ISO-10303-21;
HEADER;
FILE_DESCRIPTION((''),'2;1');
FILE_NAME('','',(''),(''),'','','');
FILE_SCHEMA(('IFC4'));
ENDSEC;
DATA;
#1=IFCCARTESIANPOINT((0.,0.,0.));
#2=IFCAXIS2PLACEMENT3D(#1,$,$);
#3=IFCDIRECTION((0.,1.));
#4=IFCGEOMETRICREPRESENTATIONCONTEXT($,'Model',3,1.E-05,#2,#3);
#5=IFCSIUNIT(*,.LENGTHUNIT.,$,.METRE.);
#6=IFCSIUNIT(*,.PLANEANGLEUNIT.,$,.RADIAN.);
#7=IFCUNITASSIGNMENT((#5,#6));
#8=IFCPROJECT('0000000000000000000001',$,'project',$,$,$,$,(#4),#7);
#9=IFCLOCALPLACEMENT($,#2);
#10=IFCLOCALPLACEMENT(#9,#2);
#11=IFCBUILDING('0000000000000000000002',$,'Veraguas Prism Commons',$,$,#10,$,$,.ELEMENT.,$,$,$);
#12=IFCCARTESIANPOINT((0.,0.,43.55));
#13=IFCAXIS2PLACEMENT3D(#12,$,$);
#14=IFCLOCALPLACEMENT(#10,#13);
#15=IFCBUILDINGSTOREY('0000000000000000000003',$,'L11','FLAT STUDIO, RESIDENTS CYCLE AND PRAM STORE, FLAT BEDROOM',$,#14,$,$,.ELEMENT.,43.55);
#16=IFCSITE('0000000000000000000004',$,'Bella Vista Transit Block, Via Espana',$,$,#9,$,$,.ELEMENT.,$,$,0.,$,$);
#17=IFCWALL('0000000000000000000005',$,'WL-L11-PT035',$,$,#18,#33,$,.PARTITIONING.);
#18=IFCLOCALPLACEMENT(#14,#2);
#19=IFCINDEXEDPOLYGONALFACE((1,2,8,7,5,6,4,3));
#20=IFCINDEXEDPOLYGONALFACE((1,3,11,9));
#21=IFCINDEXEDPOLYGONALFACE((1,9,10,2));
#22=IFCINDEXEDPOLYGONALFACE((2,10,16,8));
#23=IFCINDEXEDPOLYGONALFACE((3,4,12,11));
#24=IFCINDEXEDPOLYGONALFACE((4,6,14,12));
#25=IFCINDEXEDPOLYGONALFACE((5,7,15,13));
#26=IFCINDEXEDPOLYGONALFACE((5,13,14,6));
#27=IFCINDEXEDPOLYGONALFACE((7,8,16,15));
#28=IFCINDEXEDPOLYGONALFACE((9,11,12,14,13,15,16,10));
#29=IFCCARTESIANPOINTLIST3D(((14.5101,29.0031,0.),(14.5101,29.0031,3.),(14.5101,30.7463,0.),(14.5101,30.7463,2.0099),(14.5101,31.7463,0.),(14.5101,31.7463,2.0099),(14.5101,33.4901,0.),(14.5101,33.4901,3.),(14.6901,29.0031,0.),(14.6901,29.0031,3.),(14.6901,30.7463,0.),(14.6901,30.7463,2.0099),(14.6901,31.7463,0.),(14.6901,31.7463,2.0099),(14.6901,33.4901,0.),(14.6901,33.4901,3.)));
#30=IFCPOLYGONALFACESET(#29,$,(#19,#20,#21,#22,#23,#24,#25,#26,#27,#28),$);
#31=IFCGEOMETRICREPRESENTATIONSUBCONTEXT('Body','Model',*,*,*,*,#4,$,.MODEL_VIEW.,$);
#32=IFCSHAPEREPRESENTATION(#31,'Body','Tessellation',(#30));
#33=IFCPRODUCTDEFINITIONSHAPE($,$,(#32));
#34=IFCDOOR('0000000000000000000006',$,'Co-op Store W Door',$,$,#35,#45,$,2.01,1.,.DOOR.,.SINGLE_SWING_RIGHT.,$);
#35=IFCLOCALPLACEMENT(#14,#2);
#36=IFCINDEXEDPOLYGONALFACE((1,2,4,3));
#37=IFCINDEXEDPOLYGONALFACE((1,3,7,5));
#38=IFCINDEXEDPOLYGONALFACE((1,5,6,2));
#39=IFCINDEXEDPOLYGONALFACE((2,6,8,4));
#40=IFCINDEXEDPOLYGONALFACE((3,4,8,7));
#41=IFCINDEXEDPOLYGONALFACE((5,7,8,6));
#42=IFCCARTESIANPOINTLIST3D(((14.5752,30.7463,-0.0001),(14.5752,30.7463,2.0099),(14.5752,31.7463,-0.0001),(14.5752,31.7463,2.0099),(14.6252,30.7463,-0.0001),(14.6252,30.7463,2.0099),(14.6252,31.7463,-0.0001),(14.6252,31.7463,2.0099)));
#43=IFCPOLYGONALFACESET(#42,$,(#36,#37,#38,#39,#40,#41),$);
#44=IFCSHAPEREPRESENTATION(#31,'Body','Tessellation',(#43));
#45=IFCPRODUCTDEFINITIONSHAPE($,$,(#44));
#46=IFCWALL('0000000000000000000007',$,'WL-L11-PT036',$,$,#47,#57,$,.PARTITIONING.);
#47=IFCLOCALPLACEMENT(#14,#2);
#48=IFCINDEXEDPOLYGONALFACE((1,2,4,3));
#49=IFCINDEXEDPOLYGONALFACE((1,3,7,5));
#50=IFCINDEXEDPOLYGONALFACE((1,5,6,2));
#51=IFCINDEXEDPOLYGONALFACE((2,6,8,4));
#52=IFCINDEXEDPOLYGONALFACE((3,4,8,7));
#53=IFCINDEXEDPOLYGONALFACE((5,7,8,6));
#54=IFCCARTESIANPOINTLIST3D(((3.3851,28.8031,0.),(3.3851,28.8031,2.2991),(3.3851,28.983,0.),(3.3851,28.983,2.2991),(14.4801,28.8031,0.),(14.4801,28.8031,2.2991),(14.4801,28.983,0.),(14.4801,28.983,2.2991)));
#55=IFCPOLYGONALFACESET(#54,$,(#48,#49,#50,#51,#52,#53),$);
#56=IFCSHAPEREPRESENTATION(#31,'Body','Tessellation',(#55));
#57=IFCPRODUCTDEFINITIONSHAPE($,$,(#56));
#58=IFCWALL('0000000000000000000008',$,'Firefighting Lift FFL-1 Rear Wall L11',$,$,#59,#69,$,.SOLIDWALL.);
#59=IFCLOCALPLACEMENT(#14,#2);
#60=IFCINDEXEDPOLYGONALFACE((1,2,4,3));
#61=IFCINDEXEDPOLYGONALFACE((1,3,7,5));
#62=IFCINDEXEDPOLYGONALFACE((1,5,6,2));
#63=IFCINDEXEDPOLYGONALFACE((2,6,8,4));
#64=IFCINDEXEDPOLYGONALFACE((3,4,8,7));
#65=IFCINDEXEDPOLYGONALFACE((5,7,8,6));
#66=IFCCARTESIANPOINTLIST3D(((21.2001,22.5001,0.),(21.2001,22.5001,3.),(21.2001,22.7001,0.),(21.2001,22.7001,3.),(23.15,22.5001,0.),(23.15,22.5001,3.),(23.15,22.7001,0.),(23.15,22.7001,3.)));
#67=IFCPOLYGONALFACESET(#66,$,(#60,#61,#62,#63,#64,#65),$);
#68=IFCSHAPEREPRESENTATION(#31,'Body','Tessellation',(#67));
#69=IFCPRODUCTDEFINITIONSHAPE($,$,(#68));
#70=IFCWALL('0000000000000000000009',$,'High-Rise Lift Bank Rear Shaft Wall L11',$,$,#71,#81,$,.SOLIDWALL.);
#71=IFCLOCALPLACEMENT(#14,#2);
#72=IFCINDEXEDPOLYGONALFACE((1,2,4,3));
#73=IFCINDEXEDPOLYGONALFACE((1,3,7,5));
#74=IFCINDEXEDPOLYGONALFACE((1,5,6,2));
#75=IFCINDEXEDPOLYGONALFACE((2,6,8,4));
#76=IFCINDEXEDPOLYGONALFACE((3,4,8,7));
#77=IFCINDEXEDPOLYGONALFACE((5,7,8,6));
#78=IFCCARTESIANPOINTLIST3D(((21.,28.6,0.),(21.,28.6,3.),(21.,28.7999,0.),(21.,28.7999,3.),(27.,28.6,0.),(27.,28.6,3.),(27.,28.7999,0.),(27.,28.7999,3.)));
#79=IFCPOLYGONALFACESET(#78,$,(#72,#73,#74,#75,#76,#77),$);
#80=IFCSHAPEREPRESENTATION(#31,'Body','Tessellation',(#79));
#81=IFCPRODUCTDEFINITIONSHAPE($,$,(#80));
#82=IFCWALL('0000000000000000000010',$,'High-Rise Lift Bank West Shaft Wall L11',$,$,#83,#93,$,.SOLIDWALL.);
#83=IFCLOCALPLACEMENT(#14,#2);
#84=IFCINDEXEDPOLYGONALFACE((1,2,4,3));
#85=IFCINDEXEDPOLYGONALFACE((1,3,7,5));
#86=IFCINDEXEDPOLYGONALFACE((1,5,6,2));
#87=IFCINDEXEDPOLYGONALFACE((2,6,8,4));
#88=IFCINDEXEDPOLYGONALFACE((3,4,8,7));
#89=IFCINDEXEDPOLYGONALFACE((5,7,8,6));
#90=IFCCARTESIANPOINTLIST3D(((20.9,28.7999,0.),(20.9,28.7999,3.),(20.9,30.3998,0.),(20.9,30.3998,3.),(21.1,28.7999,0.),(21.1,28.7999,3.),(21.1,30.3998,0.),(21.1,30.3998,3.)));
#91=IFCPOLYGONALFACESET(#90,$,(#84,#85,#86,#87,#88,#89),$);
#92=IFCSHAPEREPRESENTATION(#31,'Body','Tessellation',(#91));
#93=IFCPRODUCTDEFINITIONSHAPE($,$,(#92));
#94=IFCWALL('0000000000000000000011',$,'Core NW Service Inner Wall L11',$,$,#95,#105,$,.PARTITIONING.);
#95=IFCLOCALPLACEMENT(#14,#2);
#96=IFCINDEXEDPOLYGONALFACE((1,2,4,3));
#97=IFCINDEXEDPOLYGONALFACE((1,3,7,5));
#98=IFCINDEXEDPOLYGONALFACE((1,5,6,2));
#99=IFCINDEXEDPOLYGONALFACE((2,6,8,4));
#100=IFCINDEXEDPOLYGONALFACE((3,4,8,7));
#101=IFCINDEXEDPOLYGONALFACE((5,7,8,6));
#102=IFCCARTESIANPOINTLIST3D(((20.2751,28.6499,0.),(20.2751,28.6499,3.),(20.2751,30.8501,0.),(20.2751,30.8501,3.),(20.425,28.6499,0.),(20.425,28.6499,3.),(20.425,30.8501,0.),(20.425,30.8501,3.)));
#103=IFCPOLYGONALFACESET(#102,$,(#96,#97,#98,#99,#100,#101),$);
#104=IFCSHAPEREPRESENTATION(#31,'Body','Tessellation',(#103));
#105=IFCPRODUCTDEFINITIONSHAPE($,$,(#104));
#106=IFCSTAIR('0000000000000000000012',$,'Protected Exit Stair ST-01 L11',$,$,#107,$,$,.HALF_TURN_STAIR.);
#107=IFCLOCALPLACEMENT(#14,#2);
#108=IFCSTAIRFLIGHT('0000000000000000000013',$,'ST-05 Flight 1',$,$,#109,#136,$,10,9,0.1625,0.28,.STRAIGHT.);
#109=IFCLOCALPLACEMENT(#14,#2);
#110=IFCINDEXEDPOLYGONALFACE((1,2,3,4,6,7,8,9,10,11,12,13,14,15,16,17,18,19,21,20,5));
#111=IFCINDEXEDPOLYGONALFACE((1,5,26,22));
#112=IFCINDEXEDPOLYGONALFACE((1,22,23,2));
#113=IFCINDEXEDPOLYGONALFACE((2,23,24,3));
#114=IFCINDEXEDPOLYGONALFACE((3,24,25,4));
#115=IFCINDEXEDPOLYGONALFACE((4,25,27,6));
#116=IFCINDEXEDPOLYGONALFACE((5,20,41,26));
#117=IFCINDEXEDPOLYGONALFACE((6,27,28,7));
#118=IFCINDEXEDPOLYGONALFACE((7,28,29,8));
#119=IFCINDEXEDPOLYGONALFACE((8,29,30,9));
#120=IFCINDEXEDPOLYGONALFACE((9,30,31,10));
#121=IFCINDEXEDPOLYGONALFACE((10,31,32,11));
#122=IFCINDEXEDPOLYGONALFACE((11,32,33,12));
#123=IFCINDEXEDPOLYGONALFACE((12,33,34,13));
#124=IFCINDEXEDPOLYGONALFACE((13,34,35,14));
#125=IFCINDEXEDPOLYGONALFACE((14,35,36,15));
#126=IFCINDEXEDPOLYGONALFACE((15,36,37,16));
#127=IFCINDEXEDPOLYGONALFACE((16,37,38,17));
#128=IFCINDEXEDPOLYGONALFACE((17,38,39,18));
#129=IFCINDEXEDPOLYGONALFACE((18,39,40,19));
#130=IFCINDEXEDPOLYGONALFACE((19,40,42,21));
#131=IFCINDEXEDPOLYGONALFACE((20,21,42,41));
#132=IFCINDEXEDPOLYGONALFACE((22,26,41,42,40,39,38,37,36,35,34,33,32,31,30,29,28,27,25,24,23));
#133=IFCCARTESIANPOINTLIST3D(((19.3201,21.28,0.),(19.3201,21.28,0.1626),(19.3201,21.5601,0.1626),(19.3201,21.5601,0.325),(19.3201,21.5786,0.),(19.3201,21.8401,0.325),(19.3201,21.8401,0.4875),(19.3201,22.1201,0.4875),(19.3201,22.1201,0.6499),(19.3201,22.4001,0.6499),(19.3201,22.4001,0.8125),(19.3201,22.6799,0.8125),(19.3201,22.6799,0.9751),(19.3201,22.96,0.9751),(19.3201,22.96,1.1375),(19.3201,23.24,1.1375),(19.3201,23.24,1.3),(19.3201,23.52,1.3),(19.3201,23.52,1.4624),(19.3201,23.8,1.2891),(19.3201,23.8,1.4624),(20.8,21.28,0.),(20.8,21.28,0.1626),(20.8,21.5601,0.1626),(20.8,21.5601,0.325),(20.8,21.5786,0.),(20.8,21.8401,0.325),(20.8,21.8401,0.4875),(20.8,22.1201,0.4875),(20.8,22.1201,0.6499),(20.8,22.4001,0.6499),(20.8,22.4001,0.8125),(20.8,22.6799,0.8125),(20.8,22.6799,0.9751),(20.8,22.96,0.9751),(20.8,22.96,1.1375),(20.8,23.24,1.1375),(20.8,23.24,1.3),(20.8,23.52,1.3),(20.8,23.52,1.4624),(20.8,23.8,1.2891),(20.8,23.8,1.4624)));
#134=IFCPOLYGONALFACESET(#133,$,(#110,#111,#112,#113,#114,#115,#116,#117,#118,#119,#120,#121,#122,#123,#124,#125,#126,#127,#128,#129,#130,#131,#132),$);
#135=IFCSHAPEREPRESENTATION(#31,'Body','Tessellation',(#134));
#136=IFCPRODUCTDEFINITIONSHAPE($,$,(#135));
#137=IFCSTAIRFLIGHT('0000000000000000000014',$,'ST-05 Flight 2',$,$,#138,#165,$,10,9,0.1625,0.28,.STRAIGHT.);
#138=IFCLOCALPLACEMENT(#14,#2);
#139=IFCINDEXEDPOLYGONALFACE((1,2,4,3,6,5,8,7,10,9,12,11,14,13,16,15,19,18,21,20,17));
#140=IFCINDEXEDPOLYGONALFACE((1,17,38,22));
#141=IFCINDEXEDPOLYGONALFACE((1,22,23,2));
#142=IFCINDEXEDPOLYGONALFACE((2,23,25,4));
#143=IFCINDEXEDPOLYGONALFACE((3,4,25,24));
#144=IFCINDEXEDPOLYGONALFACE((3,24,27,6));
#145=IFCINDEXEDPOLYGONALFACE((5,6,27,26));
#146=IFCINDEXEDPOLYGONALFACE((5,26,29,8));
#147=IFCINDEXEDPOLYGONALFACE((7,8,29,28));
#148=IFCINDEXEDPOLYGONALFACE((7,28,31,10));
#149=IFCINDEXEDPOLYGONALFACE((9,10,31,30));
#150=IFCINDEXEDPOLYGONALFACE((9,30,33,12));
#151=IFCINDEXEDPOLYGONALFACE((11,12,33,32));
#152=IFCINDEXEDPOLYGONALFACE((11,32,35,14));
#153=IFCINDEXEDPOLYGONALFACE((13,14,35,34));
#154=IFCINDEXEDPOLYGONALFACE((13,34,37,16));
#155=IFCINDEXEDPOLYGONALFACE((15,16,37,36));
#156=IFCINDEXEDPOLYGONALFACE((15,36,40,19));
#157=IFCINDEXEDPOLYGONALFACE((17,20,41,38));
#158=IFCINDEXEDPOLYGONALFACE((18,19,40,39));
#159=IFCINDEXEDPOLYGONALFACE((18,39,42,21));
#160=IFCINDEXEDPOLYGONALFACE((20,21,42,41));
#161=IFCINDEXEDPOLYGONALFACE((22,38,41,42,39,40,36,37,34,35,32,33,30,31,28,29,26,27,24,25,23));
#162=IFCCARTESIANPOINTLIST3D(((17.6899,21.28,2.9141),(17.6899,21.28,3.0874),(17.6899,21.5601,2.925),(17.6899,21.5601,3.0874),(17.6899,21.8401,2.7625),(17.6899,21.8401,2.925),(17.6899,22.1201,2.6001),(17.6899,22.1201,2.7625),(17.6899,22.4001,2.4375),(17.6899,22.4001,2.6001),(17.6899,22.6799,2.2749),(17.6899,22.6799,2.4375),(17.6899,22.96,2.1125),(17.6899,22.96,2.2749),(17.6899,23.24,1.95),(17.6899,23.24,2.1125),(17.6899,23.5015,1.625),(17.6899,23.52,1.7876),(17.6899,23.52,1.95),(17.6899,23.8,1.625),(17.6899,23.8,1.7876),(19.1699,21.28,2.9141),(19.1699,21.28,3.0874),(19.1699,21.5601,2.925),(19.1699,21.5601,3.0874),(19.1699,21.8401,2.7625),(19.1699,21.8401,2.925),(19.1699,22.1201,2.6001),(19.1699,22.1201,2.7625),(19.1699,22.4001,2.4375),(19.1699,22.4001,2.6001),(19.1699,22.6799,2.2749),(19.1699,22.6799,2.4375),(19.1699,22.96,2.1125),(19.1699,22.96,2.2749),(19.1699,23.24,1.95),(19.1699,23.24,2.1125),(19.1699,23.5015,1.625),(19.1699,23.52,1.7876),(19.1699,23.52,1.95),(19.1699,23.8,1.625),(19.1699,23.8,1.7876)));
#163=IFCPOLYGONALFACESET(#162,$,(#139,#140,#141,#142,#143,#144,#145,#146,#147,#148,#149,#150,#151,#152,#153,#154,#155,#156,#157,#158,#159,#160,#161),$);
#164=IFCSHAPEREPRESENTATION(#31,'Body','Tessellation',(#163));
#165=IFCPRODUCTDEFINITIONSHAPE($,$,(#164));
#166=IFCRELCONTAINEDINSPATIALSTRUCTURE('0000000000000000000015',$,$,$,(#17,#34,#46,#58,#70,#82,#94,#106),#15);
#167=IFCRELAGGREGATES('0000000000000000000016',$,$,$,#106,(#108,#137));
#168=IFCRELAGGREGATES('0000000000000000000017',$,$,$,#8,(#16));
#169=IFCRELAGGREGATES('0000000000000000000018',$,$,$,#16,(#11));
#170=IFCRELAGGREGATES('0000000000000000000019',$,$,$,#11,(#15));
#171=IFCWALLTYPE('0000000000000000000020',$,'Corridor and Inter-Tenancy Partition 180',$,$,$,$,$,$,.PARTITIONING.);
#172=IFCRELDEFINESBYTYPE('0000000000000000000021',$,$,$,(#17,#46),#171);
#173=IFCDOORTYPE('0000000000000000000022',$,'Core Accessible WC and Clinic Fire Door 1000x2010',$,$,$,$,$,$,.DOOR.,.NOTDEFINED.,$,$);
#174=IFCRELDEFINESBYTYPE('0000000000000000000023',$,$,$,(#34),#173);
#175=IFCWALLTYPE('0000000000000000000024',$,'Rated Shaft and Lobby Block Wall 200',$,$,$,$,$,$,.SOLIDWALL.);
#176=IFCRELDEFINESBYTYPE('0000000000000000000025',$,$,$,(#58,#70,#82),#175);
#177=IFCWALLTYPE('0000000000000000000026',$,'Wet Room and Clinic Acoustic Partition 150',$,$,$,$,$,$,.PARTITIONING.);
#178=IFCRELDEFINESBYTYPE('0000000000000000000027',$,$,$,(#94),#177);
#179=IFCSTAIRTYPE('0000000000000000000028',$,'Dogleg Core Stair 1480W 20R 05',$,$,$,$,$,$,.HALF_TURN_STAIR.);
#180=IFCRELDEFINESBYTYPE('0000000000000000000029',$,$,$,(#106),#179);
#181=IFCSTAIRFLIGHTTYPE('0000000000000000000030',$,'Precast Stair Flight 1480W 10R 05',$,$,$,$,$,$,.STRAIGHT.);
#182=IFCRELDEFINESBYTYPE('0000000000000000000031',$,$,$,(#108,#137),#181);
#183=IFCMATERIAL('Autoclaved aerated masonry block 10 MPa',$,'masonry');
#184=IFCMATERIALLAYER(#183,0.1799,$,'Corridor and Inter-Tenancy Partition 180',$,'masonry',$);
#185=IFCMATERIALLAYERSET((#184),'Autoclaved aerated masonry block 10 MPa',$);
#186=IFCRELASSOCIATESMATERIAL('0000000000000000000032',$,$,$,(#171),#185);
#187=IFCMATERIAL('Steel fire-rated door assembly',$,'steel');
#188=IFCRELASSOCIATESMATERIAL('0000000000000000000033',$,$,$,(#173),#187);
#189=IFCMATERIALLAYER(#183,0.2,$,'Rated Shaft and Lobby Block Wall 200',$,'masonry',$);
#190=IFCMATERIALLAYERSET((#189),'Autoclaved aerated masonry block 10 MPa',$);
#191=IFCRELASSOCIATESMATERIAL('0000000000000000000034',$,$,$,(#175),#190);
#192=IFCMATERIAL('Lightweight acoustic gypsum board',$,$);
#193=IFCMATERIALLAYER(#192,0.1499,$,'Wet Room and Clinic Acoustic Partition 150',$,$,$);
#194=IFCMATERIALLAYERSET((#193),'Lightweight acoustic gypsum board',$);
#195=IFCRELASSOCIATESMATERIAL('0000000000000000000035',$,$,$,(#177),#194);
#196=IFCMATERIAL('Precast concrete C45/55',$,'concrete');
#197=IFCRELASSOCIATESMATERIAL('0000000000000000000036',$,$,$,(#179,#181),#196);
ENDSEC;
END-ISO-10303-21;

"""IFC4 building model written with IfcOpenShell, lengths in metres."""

from ifc_helpers import new_model, si_unit, direction, frame, frame_2d, origin, place, context, subcontext, project, spatial, polyline, rectangle, outline, extrude, source, transform, mapped, material, layer, layer_set, type_object, element, fill, aggregate, save


model = new_model("IFC4")

# Units and contexts
model_context = context("Model", 3, precision=1e-05, world=origin(), true_north=direction((0.0, 1.0)))
body_context = subcontext(model_context, "Body", "Model", "MODEL_VIEW")
ifc_project = project(units=[si_unit("LENGTHUNIT", "METRE"), si_unit("PLANEANGLEUNIT", "RADIAN")], contexts=[model_context])

# Site, building, storey
site_placement = place(None, origin())
site = spatial("IfcSite", under=ifc_project, at=site_placement, Name="Bella Vista Transit Block, Via Espana", CompositionType="ELEMENT", RefElevation=0.0)
building_placement = place(site_placement, origin())
building = spatial("IfcBuilding", under=site, at=building_placement, Name="Veraguas Prism Commons", CompositionType="ELEMENT")
storey_placement = place(building_placement, frame((0.0, 0.0, 43.55)))
storey = spatial("IfcBuildingStorey", under=building, at=storey_placement, Name="L11", Description="FLAT STUDIO, RESIDENTS CYCLE AND PRAM STORE, FLAT BEDROOM", CompositionType="ELEMENT", Elevation=43.55)

# Shared definitions
ifc_material_1 = material(Name="Autoclaved aerated masonry block 10 MPa", Category="masonry")
ifc_layer_1 = layer(ifc_material_1, 0.1799, Name="Corridor and Inter-Tenancy Partition 180", Category="masonry")
ifc_layer_set_1 = layer_set([ifc_layer_1], Name="Autoclaved aerated masonry block 10 MPa")
wall_type_1 = type_object("IfcWallType", Name="Corridor and Inter-Tenancy Partition 180", PredefinedType="PARTITIONING", material=ifc_layer_set_1)

# Wall, opening, door
ifc_material_2 = material(Name="Steel fire-rated door assembly", Category="steel")
door_type = type_object("IfcDoorType", Name="Core Accessible WC and Clinic Fire Door 1000x2010", OperationType="NOTDEFINED", PredefinedType="DOOR", material=ifc_material_2)
shared_shape_1 = source(origin(), body_context, "Body", "SweptSolid", [
    extrude(rectangle(XDim=1.0, YDim=2.01, at=frame_2d((0.5, 1.0049))), frame((0.0, 0.0249, 0.0), z_axis=(0.0, -1.0, 0.0), x_axis=(1.0, 0.0, 0.0)), (0.0, 0.0, 1.0), 0.05),
])
wall_1_placement = place(storey_placement, frame((14.6001, 29.0029, 0.0), z_axis=(0.0, 0.0, 1.0), x_axis=(0.0, 1.0, 0.0)))
wall_1 = element("IfcWall", 1, at=wall_1_placement, inside=storey, type_object=wall_type_1, Name="WL-L11-PT035", PredefinedType="PARTITIONING", context=body_context, shape_type="SweptSolid", body=[
    extrude(rectangle(XDim=4.4871, YDim=0.1799, at=frame_2d((2.2437, 0.0))), origin(), (0.0, 0.0, 1.0), 3.0),
])
opening_1_placement = place(wall_1_placement, frame((1.7434, 0.0, 0.0)))
opening_1 = element("IfcOpeningElement", 2, at=opening_1_placement, cuts=wall_1, PredefinedType="OPENING", context=body_context, shape_type="SweptSolid", body=[
    extrude(rectangle(XDim=1.0, YDim=2.01, at=frame_2d((0.5, 1.0049))), frame((0.0, 0.0999, 0.0), z_axis=(0.0, -1.0, 0.0), x_axis=(1.0, 0.0, 0.0)), (0.0, 0.0, 1.0), 0.2),
])
door_1_placement = place(opening_1_placement, origin())
door_1 = element("IfcDoor", 3, at=door_1_placement, inside=storey, type_object=door_type, Name="Co-op Store W Door", OperationType="SINGLE_SWING_RIGHT", OverallHeight=2.01, OverallWidth=1.0, PredefinedType="DOOR", context=body_context, shape_type="MappedRepresentation", body=[
    mapped(shared_shape_1, transform((0.0, 0.0, 0.0), scale=1.0)),
])
fill(opening_1, door_1)

# Walls
wall_2_placement = place(storey_placement, frame((14.48, 28.8931, 0.0), z_axis=(0.0, 0.0, 1.0), x_axis=(-1.0, 0.0, 0.0)))
element("IfcWall", 4, at=wall_2_placement, inside=storey, type_object=wall_type_1, Name="WL-L11-PT036", PredefinedType="PARTITIONING", context=body_context, shape_type="SweptSolid", body=[
    extrude(rectangle(XDim=11.095, YDim=0.1799, at=frame_2d((5.5474, 0.0))), origin(), (0.0, 0.0, 1.0), 2.2991),
])
ifc_layer_2 = layer(ifc_material_1, 0.2, Name="Rated Shaft and Lobby Block Wall 200", Category="masonry")
ifc_layer_set_2 = layer_set([ifc_layer_2], Name="Autoclaved aerated masonry block 10 MPa")
wall_type_2 = type_object("IfcWallType", Name="Rated Shaft and Lobby Block Wall 200", PredefinedType="SOLIDWALL", material=ifc_layer_set_2)
wall_3_placement = place(storey_placement, frame((21.2, 22.6001, 0.0), z_axis=(0.0, 0.0, 1.0), x_axis=(1.0, 0.0, 0.0)))
element("IfcWall", 5, at=wall_3_placement, inside=storey, type_object=wall_type_2, Name="Firefighting Lift FFL-1 Rear Wall L11", PredefinedType="SOLIDWALL", context=body_context, shape_type="SweptSolid", body=[
    extrude(rectangle(XDim=1.95, YDim=0.2, at=frame_2d((0.9751, 0.0))), origin(), (0.0, 0.0, 1.0), 3.0),
])
wall_4_placement = place(storey_placement, frame((21.0, 28.7, 0.0), z_axis=(0.0, 0.0, 1.0), x_axis=(1.0, 0.0, 0.0)))
element("IfcWall", 6, at=wall_4_placement, inside=storey, type_object=wall_type_2, Name="High-Rise Lift Bank Rear Shaft Wall L11", PredefinedType="SOLIDWALL", context=body_context, shape_type="SweptSolid", body=[
    extrude(rectangle(XDim=6.0, YDim=0.2, at=frame_2d((3.0, 0.0))), origin(), (0.0, 0.0, 1.0), 3.0),
])
wall_5_placement = place(storey_placement, frame((21.0, 28.8, 0.0), z_axis=(0.0, 0.0, 1.0), x_axis=(0.0, 1.0, 0.0)))
element("IfcWall", 7, at=wall_5_placement, inside=storey, type_object=wall_type_2, Name="High-Rise Lift Bank West Shaft Wall L11", PredefinedType="SOLIDWALL", context=body_context, shape_type="SweptSolid", body=[
    extrude(rectangle(XDim=1.5999, YDim=0.2, at=frame_2d((0.7998, 0.0))), origin(), (0.0, 0.0, 1.0), 3.0),
])
ifc_material_3 = material(Name="Lightweight acoustic gypsum board")
ifc_layer_3 = layer(ifc_material_3, 0.1499, Name="Wet Room and Clinic Acoustic Partition 150")
ifc_layer_set_3 = layer_set([ifc_layer_3], Name="Lightweight acoustic gypsum board")
wall_type_3 = type_object("IfcWallType", Name="Wet Room and Clinic Acoustic Partition 150", PredefinedType="PARTITIONING", material=ifc_layer_set_3)
wall_6_placement = place(storey_placement, frame((20.3501, 28.6499, 0.0), z_axis=(0.0, 0.0, 1.0), x_axis=(0.0, 1.0, 0.0)))
element("IfcWall", 8, at=wall_6_placement, inside=storey, type_object=wall_type_3, Name="Core NW Service Inner Wall L11", PredefinedType="PARTITIONING", context=body_context, shape_type="SweptSolid", body=[
    extrude(rectangle(XDim=2.2002, YDim=0.1499, at=frame_2d((1.1001, 0.0))), origin(), (0.0, 0.0, 1.0), 3.0),
])

# Stair, stair flights
ifc_material_4 = material(Name="Precast concrete C45/55", Category="concrete")
stair_type = type_object("IfcStairType", Name="Dogleg Core Stair 1480W 20R 05", PredefinedType="HALF_TURN_STAIR", material=ifc_material_4)
stair_placement = place(storey_placement, origin())
stair = element("IfcStair", 9, at=stair_placement, inside=storey, type_object=stair_type, Name="Protected Exit Stair ST-01 L11", PredefinedType="HALF_TURN_STAIR")
stair_flight_type = type_object("IfcStairFlightType", Name="Precast Stair Flight 1480W 10R 05", PredefinedType="STRAIGHT", material=ifc_material_4)
stair_flight_1_placement = place(storey_placement, frame((20.0601, 21.28, 0.0), z_axis=(0.0, 0.0, 1.0), x_axis=(0.0, 1.0, 0.0)))
stair_flight_1 = element("IfcStairFlight", 10, at=stair_flight_1_placement, type_object=stair_flight_type, Name="ST-05 Flight 1", NumberOfRisers=10, NumberOfTreads=9, PredefinedType="STRAIGHT", RiserHeight=0.1625, TreadLength=0.28, context=body_context, shape_type="SweptSolid", body=[
    extrude(outline(polyline([(0.0, 0.0), (0.0, 0.1626), (0.28, 0.1626), (0.28, 0.325), (0.5601, 0.325), (0.5601, 0.4875), (0.8401, 0.4875), (0.8401, 0.6499), (1.1201, 0.6499), (1.1201, 0.8125), (1.3999, 0.8125), (1.3999, 0.9751), (1.6799, 0.9751), (1.6799, 1.1375), (1.96, 1.1375), (1.96, 1.3), (2.24, 1.3), (2.24, 1.4624), (2.52, 1.4624), (2.52, 1.625), (2.52, 1.2891), (0.2986, 0.0), (0.0, 0.0)])), frame((0.0, 0.74, 0.0), z_axis=(0.0, -1.0, 0.0), x_axis=(1.0, 0.0, 0.0)), (0.0, 0.0, 1.0), 1.48),
])
stair_flight_2_placement = place(storey_placement, frame((18.4299, 23.8, 1.625), z_axis=(0.0, 0.0, 1.0), x_axis=(0.0, -1.0, 0.0)))
stair_flight_2 = element("IfcStairFlight", 11, at=stair_flight_2_placement, type_object=stair_flight_type, Name="ST-05 Flight 2", NumberOfRisers=10, NumberOfTreads=9, PredefinedType="STRAIGHT", RiserHeight=0.1625, TreadLength=0.28, context=body_context, shape_type="SweptSolid", body=[
    extrude(outline(polyline([(0.0, 0.0), (0.0, 0.1626), (0.28, 0.1626), (0.28, 0.325), (0.5601, 0.325), (0.5601, 0.4875), (0.8401, 0.4875), (0.8401, 0.6499), (1.1201, 0.6499), (1.1201, 0.8125), (1.3999, 0.8125), (1.3999, 0.9751), (1.6799, 0.9751), (1.6799, 1.1375), (1.96, 1.1375), (1.96, 1.3), (2.24, 1.3), (2.24, 1.4624), (2.52, 1.4624), (2.52, 1.625), (2.52, 1.2891), (0.2986, 0.0), (0.0, 0.0)])), frame((0.0, 0.74, 0.0), z_axis=(0.0, -1.0, 0.0), x_axis=(1.0, 0.0, 0.0)), (0.0, 0.0, 1.0), 1.48),
])
aggregate(stair, [stair_flight_1, stair_flight_2])

save(model, "model.ifc")
